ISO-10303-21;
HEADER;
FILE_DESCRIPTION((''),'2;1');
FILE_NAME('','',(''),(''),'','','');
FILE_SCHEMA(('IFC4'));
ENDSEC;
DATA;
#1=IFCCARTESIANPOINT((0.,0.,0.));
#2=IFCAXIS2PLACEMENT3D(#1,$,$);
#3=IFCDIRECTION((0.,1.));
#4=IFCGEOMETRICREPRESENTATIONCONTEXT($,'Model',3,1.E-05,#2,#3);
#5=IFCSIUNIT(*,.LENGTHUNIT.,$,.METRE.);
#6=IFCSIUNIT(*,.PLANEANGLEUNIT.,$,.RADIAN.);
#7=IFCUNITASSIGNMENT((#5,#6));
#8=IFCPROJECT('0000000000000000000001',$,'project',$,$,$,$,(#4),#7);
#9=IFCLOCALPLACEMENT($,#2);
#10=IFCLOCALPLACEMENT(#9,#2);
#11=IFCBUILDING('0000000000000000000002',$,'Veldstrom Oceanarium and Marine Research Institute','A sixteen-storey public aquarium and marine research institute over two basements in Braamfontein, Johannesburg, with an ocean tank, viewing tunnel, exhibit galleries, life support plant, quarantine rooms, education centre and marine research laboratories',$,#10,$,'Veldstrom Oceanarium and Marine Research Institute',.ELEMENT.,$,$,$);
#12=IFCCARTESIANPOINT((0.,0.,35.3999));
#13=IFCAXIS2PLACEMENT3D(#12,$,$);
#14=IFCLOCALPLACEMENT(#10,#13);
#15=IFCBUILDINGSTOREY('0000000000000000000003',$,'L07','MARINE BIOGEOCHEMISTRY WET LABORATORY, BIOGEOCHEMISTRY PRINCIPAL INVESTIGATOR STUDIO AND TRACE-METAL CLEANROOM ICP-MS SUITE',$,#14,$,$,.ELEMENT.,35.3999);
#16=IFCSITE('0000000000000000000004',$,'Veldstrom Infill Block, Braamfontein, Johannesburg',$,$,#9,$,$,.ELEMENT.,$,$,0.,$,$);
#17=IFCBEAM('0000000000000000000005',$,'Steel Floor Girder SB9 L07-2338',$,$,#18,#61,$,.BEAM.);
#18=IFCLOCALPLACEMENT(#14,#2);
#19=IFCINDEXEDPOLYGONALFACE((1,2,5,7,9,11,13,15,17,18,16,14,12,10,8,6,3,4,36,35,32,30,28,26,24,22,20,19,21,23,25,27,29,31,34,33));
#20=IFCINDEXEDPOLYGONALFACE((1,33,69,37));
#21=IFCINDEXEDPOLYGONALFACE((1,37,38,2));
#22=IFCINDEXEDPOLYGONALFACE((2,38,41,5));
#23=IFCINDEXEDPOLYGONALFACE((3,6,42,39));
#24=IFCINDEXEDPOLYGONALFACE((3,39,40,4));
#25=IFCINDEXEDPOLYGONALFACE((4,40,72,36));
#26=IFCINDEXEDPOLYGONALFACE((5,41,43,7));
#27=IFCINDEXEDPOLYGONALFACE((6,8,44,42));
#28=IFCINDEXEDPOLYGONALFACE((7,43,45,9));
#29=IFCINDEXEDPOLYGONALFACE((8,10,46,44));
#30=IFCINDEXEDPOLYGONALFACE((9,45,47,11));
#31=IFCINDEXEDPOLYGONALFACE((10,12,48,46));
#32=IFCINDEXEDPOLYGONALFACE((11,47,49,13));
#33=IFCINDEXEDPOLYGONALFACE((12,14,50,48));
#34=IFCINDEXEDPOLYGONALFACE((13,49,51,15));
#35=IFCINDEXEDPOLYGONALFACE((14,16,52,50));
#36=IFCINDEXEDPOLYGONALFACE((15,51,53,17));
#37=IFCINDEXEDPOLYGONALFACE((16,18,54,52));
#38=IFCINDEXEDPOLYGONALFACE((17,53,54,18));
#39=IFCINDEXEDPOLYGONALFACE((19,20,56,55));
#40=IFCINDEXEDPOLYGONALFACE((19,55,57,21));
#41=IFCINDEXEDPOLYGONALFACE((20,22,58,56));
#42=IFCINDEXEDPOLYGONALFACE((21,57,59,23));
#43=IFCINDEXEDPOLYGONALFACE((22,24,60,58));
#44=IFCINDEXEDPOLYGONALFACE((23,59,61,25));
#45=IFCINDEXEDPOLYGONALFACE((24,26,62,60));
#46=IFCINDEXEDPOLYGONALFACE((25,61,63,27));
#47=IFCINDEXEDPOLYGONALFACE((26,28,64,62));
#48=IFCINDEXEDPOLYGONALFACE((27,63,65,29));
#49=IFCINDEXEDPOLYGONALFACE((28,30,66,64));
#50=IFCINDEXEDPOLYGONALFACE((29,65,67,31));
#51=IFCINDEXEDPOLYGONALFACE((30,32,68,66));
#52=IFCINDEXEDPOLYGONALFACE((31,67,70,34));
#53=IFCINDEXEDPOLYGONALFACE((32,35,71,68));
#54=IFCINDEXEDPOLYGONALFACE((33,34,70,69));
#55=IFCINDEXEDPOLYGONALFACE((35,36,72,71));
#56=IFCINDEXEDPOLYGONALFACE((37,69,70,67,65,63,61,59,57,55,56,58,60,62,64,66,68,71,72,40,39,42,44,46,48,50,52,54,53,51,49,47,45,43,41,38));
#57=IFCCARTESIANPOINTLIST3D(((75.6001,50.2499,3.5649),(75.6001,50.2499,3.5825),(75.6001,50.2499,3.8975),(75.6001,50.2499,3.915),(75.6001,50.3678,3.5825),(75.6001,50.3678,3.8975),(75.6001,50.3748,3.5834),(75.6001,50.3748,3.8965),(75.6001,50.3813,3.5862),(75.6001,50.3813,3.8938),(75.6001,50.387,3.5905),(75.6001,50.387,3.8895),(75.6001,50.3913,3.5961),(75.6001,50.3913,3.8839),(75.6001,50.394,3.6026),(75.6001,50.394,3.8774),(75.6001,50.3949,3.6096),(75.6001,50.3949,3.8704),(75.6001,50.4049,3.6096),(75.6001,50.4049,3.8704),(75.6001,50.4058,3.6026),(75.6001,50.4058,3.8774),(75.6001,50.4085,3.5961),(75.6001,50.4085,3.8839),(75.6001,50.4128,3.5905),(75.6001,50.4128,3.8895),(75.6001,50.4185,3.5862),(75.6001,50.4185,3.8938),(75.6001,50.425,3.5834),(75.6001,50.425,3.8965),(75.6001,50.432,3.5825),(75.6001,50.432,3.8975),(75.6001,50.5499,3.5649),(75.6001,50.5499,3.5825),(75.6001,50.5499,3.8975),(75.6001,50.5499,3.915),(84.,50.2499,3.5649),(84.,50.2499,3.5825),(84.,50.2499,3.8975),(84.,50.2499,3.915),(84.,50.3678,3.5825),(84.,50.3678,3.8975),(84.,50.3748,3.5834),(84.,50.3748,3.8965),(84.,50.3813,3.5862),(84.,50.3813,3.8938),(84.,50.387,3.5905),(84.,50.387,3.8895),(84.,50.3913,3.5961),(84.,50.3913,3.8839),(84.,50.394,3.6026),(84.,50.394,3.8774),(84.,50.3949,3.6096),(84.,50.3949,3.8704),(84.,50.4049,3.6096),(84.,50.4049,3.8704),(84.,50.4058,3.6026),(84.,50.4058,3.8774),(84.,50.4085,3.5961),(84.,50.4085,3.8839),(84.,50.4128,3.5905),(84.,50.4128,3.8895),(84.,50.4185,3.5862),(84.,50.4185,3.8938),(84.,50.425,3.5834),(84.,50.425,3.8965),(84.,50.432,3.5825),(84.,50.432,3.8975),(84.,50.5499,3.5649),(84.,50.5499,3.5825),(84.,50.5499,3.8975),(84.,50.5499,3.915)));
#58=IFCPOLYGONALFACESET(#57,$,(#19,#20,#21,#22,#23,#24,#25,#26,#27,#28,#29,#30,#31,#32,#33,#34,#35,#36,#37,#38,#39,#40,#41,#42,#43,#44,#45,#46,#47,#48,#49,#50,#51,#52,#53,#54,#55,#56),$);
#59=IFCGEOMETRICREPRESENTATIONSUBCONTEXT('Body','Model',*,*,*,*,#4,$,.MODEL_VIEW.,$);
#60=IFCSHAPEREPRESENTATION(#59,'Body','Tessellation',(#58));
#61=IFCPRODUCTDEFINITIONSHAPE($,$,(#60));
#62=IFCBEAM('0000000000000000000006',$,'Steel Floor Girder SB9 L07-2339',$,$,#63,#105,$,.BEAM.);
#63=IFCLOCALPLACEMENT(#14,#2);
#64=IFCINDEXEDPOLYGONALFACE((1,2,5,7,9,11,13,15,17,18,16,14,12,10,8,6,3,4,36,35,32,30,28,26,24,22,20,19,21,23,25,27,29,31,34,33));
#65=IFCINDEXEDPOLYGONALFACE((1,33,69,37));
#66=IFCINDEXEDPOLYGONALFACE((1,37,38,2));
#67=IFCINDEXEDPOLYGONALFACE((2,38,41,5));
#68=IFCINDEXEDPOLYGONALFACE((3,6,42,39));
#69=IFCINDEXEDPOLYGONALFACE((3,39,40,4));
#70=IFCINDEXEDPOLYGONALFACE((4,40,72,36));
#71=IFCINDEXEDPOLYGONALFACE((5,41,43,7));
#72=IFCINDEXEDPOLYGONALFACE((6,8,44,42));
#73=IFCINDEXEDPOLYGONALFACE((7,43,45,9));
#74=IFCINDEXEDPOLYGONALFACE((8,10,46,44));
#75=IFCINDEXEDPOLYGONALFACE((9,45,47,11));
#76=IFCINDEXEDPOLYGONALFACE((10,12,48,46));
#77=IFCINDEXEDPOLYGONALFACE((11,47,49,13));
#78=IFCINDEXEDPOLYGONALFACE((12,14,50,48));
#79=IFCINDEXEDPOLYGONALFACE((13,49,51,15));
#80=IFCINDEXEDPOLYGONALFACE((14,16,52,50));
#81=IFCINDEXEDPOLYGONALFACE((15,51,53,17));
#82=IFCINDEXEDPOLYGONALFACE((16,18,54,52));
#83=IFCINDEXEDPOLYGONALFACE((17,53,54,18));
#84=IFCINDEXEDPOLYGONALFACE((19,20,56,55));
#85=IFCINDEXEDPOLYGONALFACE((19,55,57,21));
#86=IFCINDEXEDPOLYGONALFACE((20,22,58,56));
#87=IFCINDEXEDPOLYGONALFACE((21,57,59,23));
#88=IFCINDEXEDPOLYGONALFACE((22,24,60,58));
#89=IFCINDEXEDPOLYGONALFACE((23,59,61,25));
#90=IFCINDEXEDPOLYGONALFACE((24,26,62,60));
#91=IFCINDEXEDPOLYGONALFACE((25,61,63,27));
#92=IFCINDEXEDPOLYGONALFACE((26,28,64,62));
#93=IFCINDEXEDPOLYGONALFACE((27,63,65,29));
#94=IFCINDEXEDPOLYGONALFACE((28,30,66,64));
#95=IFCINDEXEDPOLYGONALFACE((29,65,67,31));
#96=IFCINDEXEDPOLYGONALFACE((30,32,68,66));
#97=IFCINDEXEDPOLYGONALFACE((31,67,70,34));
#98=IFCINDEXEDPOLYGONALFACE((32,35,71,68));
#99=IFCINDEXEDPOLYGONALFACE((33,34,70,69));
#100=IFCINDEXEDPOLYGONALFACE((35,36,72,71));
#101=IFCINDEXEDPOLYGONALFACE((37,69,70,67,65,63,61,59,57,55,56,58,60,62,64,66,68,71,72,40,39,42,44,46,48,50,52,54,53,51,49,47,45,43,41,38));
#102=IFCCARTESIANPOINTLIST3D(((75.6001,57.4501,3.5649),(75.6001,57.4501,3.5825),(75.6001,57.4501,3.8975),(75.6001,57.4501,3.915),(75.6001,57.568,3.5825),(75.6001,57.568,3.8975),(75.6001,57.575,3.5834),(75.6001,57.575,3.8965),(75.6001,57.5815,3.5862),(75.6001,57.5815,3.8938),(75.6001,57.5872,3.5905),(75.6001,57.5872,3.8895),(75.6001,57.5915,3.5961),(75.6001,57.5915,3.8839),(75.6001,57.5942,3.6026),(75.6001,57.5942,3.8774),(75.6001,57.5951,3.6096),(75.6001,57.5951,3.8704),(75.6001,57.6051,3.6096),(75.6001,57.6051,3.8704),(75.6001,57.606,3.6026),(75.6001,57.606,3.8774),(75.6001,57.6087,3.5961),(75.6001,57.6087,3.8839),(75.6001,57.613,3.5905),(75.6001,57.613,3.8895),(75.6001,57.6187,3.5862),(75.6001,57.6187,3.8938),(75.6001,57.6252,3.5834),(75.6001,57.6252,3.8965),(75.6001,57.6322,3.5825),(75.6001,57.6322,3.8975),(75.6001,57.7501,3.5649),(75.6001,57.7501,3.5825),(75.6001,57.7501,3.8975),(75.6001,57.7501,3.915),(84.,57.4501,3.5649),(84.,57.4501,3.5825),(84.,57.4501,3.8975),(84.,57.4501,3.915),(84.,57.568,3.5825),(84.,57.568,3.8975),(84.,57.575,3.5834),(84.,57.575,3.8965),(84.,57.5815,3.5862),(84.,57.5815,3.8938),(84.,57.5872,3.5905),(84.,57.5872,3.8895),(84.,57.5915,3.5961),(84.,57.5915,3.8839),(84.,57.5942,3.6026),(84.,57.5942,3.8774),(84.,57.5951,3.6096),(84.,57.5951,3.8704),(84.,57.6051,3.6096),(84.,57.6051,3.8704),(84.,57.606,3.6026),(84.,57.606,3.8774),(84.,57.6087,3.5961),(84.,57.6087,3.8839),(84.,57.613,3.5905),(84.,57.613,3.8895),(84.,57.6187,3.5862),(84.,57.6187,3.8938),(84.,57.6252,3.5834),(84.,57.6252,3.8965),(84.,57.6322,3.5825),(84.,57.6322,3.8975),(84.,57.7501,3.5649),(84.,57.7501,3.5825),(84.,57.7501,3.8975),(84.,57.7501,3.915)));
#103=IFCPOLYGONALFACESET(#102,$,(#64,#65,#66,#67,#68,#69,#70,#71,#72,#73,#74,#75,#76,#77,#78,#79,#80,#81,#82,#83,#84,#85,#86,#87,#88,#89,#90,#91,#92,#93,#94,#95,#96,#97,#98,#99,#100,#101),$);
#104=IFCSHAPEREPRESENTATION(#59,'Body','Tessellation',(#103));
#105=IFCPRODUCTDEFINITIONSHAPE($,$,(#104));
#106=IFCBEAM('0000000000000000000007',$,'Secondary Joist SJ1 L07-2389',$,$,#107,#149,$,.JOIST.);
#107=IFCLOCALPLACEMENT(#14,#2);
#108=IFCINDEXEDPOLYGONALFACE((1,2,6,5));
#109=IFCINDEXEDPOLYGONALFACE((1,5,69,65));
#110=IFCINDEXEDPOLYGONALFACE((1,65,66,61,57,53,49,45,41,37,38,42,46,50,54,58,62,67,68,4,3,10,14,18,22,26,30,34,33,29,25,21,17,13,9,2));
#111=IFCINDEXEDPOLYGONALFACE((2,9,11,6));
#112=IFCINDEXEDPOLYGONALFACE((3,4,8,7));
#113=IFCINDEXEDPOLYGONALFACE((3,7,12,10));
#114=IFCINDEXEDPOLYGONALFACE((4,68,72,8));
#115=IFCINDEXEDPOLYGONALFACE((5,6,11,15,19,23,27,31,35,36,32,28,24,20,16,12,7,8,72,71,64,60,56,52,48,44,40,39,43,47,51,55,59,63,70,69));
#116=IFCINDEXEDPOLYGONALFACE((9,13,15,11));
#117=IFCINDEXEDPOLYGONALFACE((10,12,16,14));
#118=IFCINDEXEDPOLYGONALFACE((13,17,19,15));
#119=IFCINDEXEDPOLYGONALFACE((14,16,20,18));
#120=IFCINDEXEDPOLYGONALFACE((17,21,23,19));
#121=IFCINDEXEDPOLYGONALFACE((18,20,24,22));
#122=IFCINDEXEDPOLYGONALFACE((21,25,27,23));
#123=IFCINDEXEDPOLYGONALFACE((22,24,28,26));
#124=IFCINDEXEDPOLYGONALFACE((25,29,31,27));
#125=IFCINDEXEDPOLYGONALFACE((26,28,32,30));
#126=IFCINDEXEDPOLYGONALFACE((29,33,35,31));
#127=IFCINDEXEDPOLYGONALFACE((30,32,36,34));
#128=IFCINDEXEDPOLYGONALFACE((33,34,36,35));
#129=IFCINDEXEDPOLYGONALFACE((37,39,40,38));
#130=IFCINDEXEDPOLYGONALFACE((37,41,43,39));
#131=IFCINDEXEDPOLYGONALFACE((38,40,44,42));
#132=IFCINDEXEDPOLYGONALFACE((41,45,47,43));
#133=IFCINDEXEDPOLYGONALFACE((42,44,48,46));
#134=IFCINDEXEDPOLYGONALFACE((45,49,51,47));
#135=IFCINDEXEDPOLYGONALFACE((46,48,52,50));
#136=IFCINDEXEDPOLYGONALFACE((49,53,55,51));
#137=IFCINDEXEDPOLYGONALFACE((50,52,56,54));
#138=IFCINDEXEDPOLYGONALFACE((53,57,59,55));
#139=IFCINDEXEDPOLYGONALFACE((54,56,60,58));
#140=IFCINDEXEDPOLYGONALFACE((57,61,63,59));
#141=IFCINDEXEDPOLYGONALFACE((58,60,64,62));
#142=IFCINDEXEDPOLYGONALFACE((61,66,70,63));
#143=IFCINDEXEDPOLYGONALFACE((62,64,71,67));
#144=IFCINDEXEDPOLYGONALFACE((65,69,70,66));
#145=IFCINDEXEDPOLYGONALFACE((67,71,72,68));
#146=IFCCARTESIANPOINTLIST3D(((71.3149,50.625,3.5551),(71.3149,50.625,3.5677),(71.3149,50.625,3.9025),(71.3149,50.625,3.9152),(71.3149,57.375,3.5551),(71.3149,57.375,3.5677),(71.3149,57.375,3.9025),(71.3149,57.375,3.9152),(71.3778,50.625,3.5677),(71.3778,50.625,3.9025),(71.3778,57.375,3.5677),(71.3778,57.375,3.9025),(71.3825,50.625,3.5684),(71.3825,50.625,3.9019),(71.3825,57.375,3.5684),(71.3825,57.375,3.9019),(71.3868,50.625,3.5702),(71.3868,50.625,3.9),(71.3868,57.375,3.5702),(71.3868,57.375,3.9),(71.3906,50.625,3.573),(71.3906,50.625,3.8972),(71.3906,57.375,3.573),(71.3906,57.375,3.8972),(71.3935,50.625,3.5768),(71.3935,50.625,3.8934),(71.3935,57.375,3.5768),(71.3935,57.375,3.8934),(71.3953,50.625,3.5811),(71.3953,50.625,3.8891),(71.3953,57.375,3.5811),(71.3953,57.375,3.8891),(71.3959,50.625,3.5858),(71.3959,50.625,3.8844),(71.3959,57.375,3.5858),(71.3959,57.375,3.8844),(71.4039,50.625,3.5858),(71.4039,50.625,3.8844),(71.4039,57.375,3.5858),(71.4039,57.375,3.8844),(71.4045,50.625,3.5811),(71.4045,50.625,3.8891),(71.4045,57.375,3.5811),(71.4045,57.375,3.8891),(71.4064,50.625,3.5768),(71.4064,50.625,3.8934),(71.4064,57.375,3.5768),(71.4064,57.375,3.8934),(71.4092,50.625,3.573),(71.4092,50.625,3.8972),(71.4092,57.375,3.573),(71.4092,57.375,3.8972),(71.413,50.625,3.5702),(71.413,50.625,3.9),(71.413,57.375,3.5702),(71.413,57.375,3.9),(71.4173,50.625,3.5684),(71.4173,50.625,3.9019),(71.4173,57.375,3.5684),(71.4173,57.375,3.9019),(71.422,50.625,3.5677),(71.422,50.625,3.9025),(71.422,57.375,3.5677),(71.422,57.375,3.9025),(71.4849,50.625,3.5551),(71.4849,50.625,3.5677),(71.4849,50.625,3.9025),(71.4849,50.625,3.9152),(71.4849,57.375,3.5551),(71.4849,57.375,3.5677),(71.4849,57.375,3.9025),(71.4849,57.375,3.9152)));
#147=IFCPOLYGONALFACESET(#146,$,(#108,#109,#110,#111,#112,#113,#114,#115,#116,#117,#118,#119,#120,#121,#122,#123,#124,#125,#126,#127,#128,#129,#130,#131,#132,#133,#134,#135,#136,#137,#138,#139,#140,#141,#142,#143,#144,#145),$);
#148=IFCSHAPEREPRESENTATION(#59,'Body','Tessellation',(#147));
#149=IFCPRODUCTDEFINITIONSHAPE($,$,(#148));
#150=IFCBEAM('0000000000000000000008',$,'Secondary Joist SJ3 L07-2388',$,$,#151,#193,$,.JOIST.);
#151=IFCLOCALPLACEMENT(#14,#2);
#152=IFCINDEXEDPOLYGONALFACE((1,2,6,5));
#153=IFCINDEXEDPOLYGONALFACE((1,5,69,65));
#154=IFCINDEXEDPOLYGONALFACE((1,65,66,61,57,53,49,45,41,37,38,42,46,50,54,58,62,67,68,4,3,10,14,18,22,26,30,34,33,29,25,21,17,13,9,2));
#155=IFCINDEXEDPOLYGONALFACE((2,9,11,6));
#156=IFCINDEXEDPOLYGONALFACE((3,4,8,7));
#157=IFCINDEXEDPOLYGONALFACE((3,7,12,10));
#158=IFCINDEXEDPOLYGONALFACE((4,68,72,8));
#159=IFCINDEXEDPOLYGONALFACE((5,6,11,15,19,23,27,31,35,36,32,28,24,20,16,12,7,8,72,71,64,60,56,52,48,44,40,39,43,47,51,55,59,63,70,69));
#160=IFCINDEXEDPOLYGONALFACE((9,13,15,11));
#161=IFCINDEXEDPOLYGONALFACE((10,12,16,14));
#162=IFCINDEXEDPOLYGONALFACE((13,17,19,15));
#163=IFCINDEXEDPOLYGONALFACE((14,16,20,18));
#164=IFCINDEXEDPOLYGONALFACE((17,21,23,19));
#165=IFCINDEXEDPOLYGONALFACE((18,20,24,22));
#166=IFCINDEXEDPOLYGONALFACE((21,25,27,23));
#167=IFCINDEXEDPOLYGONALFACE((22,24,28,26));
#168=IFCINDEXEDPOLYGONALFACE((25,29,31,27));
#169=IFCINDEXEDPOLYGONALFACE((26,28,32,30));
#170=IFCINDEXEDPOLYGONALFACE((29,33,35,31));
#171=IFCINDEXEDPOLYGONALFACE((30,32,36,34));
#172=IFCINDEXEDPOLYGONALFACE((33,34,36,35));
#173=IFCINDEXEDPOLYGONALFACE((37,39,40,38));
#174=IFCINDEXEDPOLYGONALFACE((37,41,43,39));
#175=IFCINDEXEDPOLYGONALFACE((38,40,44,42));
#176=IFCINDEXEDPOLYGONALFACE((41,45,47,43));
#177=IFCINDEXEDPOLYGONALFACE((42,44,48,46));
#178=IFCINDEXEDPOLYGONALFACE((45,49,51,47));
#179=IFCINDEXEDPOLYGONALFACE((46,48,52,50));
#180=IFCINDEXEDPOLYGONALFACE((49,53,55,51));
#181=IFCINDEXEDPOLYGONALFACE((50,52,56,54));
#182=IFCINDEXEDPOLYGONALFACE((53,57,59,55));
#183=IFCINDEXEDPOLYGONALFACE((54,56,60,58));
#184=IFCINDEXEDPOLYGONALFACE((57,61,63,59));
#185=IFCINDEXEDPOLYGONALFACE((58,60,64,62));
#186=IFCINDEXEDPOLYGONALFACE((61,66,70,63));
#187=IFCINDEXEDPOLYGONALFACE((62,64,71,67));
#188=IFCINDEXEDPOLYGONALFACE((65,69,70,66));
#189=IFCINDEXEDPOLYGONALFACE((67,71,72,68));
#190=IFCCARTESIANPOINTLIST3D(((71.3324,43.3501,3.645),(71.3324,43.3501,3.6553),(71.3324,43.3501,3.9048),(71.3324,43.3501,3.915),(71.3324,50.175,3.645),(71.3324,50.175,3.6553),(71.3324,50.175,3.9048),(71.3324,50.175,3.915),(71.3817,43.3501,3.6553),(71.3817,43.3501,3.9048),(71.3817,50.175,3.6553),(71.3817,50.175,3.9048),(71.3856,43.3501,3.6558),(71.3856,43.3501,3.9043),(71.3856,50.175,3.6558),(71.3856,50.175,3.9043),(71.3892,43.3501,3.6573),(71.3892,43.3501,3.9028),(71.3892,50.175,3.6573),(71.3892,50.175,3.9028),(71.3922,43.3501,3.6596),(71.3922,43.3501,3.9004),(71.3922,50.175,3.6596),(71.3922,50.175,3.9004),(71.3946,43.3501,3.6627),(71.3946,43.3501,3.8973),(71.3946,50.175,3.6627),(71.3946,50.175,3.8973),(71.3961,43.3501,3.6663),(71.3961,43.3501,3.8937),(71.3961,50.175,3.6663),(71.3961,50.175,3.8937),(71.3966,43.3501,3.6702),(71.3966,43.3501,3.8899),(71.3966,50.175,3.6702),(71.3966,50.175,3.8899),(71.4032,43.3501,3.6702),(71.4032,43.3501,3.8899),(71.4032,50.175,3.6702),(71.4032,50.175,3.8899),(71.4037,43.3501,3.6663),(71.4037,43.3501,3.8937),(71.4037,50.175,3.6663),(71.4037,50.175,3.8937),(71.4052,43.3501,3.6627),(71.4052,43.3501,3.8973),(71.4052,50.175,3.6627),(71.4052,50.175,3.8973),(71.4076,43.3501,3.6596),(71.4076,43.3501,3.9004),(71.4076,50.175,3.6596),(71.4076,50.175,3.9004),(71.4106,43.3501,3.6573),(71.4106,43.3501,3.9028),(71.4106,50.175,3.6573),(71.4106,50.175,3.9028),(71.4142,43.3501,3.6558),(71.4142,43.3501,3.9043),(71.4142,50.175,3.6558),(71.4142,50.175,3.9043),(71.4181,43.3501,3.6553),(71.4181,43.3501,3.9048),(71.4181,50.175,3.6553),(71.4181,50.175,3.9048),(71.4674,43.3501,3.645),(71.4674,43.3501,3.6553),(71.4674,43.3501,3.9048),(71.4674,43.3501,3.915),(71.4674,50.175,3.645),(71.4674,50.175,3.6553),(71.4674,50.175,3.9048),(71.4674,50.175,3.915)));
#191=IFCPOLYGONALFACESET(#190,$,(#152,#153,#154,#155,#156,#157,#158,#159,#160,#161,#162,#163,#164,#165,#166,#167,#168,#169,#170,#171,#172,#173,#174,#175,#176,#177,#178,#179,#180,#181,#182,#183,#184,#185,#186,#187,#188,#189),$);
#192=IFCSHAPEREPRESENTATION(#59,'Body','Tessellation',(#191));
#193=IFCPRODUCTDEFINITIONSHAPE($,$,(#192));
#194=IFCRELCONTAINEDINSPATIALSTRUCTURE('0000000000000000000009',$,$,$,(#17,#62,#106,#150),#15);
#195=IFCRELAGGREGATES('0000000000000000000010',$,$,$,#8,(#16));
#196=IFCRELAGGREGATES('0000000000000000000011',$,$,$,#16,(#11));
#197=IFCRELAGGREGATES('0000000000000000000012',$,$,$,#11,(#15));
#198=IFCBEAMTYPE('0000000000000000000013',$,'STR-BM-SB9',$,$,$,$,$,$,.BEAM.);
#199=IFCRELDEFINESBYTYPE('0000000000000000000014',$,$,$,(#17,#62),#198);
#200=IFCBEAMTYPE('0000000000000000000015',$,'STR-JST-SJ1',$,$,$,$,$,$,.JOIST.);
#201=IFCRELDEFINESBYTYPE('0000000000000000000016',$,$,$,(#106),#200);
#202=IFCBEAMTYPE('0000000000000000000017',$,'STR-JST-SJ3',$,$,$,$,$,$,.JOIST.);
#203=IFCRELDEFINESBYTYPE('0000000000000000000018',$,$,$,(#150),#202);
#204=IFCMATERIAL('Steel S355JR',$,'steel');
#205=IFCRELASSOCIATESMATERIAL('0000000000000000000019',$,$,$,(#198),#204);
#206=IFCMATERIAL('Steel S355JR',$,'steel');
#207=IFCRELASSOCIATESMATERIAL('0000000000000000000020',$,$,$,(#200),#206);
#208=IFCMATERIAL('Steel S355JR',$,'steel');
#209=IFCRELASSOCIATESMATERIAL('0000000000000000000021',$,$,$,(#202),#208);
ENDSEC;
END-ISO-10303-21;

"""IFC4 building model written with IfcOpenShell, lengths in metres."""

from ifc_helpers import new_model, si_unit, direction, frame, origin, origin_2d, place, context, subcontext, project, spatial, i_section, extrude, material, material_profile, profile_set, type_object, element, save


model = new_model("IFC4")

# Units and contexts
model_context = context("Model", 3, precision=1e-05, world=origin(), true_north=direction((0.0, 1.0)))
body_context = subcontext(model_context, "Body", "Model", "MODEL_VIEW")
ifc_project = project(units=[si_unit("LENGTHUNIT", "METRE"), si_unit("PLANEANGLEUNIT", "RADIAN")], contexts=[model_context])

# Site, building, storey
site_placement = place(None, origin())
site = spatial("IfcSite", under=ifc_project, at=site_placement, Name="Veldstrom Infill Block, Braamfontein, Johannesburg", CompositionType="ELEMENT", RefElevation=0.0)
building_placement = place(site_placement, origin())
building = spatial("IfcBuilding", under=site, at=building_placement, Name="Veldstrom Oceanarium and Marine Research Institute", Description="A sixteen-storey public aquarium and marine research institute over two basements in Braamfontein, Johannesburg, with an ocean tank, viewing tunnel, exhibit galleries, life support plant, quarantine rooms, education centre and marine research laboratories", LongName="Veldstrom Oceanarium and Marine Research Institute", CompositionType="ELEMENT")
storey_placement = place(building_placement, frame((0.0, 0.0, 35.3999)))
storey = spatial("IfcBuildingStorey", under=building, at=storey_placement, Name="L07", Description="MARINE BIOGEOCHEMISTRY WET LABORATORY, BIOGEOCHEMISTRY PRINCIPAL INVESTIGATOR STUDIO AND TRACE-METAL CLEANROOM ICP-MS SUITE", CompositionType="ELEMENT", Elevation=35.3999)

# Beams
ifc_material_1 = material(Name="Steel S355JR", Category="steel")
ifc_material_profile_1 = material_profile(ifc_material_1, i_section(OverallWidth=0.3, OverallDepth=0.3501, WebThickness=0.01, FlangeThickness=0.0176, FilletRadius=0.0271, at=origin_2d()), Name="HEA 360")
ifc_profile_set_1 = profile_set([ifc_material_profile_1], Name="Steel S355JR")
beam_type_1 = type_object("IfcBeamType", Name="STR-BM-SB9", PredefinedType="BEAM", material=ifc_profile_set_1)
for number, where, z_axis, x_axis, name in (
    (1, (75.6001, 50.3999, 3.74), (1.0, 0.0, 0.0), (0.0, 1.0, 0.0), "Steel Floor Girder SB9 L07-2338"),
    (2, (75.6001, 57.6001, 3.74), (1.0, 0.0, 0.0), (0.0, 1.0, 0.0), "Steel Floor Girder SB9 L07-2339"),
):
    element("IfcBeam", number, at=place(storey_placement, frame(where, z_axis=z_axis, x_axis=x_axis)), inside=storey, type_object=beam_type_1, Name=name, PredefinedType="BEAM", context=body_context, shape_type="SweptSolid", body=[
        extrude(i_section(OverallWidth=0.3, OverallDepth=0.3501, WebThickness=0.01, FlangeThickness=0.0176, FilletRadius=0.0271, at=origin_2d()), origin(), (0.0, 0.0, 1.0), 8.3999),
    ])
ifc_material_2 = material(Name="Steel S355JR", Category="steel")
ifc_material_profile_2 = material_profile(ifc_material_2, i_section(OverallWidth=0.1699, OverallDepth=0.3601, WebThickness=0.0081, FlangeThickness=0.0127, FilletRadius=0.0181, at=origin_2d()), Name="IPE 360")
ifc_profile_set_2 = profile_set([ifc_material_profile_2], Name="Steel S355JR")
beam_type_2 = type_object("IfcBeamType", Name="STR-JST-SJ1", PredefinedType="JOIST", material=ifc_profile_set_2)
beam_1_placement = place(storey_placement, frame((71.3999, 50.625, 3.7351), z_axis=(0.0, 1.0, 0.0), x_axis=(-1.0, 0.0, 0.0)))
element("IfcBeam", 3, at=beam_1_placement, inside=storey, type_object=beam_type_2, Name="Secondary Joist SJ1 L07-2389", PredefinedType="JOIST", context=body_context, shape_type="SweptSolid", body=[
    extrude(i_section(OverallWidth=0.1699, OverallDepth=0.3601, WebThickness=0.0081, FlangeThickness=0.0127, FilletRadius=0.0181, at=origin_2d()), origin(), (0.0, 0.0, 1.0), 6.75),
])
ifc_material_3 = material(Name="Steel S355JR", Category="steel")
ifc_material_profile_3 = material_profile(ifc_material_3, i_section(OverallWidth=0.135, OverallDepth=0.27, WebThickness=0.0066, FlangeThickness=0.0103, FilletRadius=0.0149, at=origin_2d()), Name="IPE 270")
ifc_profile_set_3 = profile_set([ifc_material_profile_3], Name="Steel S355JR")
beam_type_3 = type_object("IfcBeamType", Name="STR-JST-SJ3", PredefinedType="JOIST", material=ifc_profile_set_3)
beam_2_placement = place(storey_placement, frame((71.3999, 43.3501, 3.78), z_axis=(0.0, 1.0, 0.0), x_axis=(-1.0, 0.0, 0.0)))
element("IfcBeam", 4, at=beam_2_placement, inside=storey, type_object=beam_type_3, Name="Secondary Joist SJ3 L07-2388", PredefinedType="JOIST", context=body_context, shape_type="SweptSolid", body=[
    extrude(i_section(OverallWidth=0.135, OverallDepth=0.27, WebThickness=0.0066, FlangeThickness=0.0103, FilletRadius=0.0149, at=origin_2d()), origin(), (0.0, 0.0, 1.0), 6.825),
])

save(model, "model.ifc")
